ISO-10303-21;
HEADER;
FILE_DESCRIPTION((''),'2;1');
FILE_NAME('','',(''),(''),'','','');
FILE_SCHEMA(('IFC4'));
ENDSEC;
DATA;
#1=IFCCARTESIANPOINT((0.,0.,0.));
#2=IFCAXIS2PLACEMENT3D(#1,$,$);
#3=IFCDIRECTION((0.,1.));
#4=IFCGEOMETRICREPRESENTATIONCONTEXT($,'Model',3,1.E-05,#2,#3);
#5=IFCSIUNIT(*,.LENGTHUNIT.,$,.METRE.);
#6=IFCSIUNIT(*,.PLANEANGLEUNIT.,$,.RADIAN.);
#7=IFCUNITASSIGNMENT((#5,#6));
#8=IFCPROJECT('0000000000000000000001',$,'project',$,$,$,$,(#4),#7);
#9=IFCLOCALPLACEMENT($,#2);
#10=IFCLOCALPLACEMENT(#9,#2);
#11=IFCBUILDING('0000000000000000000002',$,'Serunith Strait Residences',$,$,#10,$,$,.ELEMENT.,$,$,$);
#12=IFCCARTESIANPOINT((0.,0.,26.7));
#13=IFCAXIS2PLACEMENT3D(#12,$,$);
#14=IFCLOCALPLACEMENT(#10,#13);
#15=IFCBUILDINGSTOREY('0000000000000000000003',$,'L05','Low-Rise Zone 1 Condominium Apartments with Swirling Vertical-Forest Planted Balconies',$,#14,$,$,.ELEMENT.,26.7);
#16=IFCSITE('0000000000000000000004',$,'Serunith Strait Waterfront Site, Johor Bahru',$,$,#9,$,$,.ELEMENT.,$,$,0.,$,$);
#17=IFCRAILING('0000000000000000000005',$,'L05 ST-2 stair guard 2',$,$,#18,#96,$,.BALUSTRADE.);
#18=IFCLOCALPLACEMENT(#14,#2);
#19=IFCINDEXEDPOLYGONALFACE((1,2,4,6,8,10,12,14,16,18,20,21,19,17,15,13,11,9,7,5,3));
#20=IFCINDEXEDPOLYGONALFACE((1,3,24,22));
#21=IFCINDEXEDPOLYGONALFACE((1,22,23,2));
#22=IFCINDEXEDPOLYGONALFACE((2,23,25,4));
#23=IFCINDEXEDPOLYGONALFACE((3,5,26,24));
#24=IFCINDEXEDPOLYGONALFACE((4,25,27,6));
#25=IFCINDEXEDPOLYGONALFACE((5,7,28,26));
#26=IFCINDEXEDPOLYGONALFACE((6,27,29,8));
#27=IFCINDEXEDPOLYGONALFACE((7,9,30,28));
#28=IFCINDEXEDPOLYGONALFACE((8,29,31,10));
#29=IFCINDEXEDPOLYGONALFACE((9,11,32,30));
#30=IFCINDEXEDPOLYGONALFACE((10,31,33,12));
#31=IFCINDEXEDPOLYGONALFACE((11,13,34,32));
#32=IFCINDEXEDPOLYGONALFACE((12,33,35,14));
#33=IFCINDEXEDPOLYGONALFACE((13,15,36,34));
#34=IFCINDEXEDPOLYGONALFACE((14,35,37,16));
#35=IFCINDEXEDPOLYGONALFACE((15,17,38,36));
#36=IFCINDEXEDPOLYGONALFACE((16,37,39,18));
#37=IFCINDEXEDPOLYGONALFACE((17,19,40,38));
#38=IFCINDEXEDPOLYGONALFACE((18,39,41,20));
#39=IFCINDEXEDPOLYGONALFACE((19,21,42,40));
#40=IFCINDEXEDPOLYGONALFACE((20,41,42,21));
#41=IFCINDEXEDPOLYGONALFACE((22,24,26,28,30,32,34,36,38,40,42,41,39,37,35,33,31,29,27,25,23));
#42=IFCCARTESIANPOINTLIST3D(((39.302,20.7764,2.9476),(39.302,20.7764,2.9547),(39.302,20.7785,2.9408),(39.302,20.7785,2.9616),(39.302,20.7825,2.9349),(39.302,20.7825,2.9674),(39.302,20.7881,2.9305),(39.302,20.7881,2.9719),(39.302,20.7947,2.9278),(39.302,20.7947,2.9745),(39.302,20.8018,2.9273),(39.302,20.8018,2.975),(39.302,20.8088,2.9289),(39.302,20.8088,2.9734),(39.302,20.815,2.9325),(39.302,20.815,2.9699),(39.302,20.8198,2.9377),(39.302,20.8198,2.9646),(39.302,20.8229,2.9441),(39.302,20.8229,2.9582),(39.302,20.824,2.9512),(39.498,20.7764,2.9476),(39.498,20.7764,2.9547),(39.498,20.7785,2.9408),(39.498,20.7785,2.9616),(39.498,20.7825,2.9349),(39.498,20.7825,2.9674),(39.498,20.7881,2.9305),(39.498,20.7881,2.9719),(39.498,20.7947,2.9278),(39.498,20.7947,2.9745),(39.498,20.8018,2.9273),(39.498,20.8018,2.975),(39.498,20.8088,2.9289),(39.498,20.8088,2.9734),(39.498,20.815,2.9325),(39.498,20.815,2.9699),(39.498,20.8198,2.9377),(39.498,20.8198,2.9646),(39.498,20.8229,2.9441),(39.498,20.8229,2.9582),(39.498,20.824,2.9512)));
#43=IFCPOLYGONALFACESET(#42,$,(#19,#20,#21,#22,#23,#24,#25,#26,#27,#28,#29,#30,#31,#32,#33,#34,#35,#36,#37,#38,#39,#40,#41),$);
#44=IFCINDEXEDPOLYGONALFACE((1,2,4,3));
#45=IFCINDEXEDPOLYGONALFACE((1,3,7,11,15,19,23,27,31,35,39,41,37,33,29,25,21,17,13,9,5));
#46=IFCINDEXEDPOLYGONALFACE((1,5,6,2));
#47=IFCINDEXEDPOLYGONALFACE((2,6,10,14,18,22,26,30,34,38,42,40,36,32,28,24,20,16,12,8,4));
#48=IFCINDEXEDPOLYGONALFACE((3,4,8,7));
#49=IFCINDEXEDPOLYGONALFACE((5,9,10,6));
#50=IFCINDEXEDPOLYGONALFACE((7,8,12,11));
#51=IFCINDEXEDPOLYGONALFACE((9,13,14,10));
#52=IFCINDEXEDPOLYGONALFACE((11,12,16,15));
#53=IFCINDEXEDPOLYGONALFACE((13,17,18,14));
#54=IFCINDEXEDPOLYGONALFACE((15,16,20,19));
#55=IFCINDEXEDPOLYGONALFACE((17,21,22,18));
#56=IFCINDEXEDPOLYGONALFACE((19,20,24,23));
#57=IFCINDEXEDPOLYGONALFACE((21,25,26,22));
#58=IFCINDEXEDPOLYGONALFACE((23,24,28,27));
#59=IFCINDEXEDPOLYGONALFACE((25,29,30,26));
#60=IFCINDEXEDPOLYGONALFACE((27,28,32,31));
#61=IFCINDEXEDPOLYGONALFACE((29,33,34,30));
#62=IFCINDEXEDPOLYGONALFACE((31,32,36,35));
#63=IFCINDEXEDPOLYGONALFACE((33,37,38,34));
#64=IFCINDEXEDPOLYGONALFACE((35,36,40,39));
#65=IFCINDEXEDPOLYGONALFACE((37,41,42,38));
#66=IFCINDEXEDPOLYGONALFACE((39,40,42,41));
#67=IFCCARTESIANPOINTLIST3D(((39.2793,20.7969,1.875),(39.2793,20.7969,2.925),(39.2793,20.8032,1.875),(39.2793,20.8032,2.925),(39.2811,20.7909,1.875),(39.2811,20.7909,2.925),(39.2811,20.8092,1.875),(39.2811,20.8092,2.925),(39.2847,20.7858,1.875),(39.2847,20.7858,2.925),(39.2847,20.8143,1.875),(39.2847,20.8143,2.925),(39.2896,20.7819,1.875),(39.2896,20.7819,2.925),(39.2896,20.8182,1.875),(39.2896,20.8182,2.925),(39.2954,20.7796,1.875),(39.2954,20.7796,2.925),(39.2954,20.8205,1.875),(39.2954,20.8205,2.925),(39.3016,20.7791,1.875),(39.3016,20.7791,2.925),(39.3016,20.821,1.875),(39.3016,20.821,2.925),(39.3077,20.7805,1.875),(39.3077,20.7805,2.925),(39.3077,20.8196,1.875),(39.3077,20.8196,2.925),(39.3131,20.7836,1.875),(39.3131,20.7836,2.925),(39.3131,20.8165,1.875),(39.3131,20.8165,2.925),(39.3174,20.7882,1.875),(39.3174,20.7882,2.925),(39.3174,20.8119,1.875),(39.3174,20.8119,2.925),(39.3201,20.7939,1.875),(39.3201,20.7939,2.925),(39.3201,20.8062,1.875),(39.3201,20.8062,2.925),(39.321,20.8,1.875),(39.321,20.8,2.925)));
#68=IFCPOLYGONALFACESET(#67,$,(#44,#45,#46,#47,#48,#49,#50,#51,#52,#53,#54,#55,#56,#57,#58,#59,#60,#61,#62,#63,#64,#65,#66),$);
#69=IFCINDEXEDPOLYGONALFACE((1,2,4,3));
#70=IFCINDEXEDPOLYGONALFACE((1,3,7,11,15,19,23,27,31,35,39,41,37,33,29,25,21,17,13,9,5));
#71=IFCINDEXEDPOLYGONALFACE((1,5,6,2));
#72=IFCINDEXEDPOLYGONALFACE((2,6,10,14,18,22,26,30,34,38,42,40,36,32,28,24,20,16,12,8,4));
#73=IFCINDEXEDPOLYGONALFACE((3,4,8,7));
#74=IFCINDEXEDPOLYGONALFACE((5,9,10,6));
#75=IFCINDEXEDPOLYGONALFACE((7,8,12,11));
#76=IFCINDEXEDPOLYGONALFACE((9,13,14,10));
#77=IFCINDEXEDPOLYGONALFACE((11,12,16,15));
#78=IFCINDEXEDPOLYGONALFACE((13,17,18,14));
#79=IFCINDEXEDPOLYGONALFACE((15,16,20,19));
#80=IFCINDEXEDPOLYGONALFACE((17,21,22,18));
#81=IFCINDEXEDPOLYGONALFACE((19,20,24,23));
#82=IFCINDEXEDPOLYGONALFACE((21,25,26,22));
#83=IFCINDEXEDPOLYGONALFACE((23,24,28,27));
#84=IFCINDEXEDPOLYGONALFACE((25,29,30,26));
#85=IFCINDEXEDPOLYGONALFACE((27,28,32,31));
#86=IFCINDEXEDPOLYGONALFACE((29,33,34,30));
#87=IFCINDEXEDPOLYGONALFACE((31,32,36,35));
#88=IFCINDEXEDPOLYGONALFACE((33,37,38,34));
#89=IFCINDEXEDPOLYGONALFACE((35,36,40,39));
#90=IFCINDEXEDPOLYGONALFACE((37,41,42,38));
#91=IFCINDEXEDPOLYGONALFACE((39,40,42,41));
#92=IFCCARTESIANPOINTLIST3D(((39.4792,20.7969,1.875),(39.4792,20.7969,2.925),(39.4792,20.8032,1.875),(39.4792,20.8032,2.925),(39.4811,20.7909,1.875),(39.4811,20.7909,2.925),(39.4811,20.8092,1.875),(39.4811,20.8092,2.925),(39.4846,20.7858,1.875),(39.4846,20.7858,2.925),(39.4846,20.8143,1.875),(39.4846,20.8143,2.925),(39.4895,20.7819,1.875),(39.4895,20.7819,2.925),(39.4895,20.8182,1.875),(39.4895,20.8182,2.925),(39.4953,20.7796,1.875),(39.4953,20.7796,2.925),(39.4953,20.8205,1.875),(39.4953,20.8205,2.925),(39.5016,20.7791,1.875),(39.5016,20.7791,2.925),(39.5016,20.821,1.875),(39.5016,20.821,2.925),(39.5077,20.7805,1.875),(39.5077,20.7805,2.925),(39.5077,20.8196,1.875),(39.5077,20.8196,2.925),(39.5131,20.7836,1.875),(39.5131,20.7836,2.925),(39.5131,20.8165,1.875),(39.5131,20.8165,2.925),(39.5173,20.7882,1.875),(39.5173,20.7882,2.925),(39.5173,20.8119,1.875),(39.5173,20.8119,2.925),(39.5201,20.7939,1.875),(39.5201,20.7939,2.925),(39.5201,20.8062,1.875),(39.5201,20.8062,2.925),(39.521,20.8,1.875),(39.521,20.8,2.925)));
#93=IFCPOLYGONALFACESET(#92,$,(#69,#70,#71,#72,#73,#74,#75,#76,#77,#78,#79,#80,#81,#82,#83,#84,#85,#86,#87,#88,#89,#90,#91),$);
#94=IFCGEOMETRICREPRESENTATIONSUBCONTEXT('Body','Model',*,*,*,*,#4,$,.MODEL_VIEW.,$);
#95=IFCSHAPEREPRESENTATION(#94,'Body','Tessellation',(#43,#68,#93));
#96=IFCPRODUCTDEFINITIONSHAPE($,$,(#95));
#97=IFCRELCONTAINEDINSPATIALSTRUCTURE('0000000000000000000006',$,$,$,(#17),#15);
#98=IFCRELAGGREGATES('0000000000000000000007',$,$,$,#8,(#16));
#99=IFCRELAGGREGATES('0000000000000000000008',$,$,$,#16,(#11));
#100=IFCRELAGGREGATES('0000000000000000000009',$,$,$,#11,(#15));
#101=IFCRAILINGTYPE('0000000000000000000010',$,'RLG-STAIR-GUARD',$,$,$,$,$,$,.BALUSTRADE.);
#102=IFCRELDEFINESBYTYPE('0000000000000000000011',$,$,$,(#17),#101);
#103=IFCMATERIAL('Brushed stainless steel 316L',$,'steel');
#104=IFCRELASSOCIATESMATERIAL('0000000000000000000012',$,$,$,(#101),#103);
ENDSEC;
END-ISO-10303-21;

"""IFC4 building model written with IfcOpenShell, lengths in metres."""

from ifc_helpers import new_model, si_unit, direction, frame, origin, origin_2d, place, context, subcontext, project, spatial, circle, extrude, material, type_object, element, save


model = new_model("IFC4")

# Units and contexts
model_context = context("Model", 3, precision=1e-05, world=origin(), true_north=direction((0.0, 1.0)))
body_context = subcontext(model_context, "Body", "Model", "MODEL_VIEW")
ifc_project = project(units=[si_unit("LENGTHUNIT", "METRE"), si_unit("PLANEANGLEUNIT", "RADIAN")], contexts=[model_context])

# Site, building, storey
site_placement = place(None, origin())
site = spatial("IfcSite", under=ifc_project, at=site_placement, Name="Serunith Strait Waterfront Site, Johor Bahru", CompositionType="ELEMENT", RefElevation=0.0)
building_placement = place(site_placement, origin())
building = spatial("IfcBuilding", under=site, at=building_placement, Name="Serunith Strait Residences", CompositionType="ELEMENT")
storey_placement = place(building_placement, frame((0.0, 0.0, 26.7)))
storey = spatial("IfcBuildingStorey", under=building, at=storey_placement, Name="L05", Description="Low-Rise Zone 1 Condominium Apartments with Swirling Vertical-Forest Planted Balconies", CompositionType="ELEMENT", Elevation=26.7)

# Railing
ifc_material_1 = material(Name="Brushed stainless steel 316L", Category="steel")
railing_type_1 = type_object("IfcRailingType", Name="RLG-STAIR-GUARD", PredefinedType="BALUSTRADE", material=ifc_material_1)
railing_1_placement = place(storey_placement, frame((39.3, 20.8, 1.875)))
element("IfcRailing", 1, at=railing_1_placement, inside=storey, type_object=railing_type_1, Name="L05 ST-2 stair guard 2", PredefinedType="BALUSTRADE", context=body_context, shape_type="SweptSolid", body=[
    extrude(circle(Radius=0.0239, at=origin_2d()), frame((0.002, 0.0, 1.0762), z_axis=(1.0, 0.0, 0.0), x_axis=(0.0, 1.0, 0.0)), (0.0, 0.0, 1.0), 0.196),
    extrude(circle(Radius=0.021, at=origin_2d()), origin(), (0.0, 0.0, 1.0), 1.05),
    extrude(circle(Radius=0.021, at=origin_2d()), frame((0.2, 0.0, 0.0)), (0.0, 0.0, 1.0), 1.05),
])

save(model, "model.ifc")
